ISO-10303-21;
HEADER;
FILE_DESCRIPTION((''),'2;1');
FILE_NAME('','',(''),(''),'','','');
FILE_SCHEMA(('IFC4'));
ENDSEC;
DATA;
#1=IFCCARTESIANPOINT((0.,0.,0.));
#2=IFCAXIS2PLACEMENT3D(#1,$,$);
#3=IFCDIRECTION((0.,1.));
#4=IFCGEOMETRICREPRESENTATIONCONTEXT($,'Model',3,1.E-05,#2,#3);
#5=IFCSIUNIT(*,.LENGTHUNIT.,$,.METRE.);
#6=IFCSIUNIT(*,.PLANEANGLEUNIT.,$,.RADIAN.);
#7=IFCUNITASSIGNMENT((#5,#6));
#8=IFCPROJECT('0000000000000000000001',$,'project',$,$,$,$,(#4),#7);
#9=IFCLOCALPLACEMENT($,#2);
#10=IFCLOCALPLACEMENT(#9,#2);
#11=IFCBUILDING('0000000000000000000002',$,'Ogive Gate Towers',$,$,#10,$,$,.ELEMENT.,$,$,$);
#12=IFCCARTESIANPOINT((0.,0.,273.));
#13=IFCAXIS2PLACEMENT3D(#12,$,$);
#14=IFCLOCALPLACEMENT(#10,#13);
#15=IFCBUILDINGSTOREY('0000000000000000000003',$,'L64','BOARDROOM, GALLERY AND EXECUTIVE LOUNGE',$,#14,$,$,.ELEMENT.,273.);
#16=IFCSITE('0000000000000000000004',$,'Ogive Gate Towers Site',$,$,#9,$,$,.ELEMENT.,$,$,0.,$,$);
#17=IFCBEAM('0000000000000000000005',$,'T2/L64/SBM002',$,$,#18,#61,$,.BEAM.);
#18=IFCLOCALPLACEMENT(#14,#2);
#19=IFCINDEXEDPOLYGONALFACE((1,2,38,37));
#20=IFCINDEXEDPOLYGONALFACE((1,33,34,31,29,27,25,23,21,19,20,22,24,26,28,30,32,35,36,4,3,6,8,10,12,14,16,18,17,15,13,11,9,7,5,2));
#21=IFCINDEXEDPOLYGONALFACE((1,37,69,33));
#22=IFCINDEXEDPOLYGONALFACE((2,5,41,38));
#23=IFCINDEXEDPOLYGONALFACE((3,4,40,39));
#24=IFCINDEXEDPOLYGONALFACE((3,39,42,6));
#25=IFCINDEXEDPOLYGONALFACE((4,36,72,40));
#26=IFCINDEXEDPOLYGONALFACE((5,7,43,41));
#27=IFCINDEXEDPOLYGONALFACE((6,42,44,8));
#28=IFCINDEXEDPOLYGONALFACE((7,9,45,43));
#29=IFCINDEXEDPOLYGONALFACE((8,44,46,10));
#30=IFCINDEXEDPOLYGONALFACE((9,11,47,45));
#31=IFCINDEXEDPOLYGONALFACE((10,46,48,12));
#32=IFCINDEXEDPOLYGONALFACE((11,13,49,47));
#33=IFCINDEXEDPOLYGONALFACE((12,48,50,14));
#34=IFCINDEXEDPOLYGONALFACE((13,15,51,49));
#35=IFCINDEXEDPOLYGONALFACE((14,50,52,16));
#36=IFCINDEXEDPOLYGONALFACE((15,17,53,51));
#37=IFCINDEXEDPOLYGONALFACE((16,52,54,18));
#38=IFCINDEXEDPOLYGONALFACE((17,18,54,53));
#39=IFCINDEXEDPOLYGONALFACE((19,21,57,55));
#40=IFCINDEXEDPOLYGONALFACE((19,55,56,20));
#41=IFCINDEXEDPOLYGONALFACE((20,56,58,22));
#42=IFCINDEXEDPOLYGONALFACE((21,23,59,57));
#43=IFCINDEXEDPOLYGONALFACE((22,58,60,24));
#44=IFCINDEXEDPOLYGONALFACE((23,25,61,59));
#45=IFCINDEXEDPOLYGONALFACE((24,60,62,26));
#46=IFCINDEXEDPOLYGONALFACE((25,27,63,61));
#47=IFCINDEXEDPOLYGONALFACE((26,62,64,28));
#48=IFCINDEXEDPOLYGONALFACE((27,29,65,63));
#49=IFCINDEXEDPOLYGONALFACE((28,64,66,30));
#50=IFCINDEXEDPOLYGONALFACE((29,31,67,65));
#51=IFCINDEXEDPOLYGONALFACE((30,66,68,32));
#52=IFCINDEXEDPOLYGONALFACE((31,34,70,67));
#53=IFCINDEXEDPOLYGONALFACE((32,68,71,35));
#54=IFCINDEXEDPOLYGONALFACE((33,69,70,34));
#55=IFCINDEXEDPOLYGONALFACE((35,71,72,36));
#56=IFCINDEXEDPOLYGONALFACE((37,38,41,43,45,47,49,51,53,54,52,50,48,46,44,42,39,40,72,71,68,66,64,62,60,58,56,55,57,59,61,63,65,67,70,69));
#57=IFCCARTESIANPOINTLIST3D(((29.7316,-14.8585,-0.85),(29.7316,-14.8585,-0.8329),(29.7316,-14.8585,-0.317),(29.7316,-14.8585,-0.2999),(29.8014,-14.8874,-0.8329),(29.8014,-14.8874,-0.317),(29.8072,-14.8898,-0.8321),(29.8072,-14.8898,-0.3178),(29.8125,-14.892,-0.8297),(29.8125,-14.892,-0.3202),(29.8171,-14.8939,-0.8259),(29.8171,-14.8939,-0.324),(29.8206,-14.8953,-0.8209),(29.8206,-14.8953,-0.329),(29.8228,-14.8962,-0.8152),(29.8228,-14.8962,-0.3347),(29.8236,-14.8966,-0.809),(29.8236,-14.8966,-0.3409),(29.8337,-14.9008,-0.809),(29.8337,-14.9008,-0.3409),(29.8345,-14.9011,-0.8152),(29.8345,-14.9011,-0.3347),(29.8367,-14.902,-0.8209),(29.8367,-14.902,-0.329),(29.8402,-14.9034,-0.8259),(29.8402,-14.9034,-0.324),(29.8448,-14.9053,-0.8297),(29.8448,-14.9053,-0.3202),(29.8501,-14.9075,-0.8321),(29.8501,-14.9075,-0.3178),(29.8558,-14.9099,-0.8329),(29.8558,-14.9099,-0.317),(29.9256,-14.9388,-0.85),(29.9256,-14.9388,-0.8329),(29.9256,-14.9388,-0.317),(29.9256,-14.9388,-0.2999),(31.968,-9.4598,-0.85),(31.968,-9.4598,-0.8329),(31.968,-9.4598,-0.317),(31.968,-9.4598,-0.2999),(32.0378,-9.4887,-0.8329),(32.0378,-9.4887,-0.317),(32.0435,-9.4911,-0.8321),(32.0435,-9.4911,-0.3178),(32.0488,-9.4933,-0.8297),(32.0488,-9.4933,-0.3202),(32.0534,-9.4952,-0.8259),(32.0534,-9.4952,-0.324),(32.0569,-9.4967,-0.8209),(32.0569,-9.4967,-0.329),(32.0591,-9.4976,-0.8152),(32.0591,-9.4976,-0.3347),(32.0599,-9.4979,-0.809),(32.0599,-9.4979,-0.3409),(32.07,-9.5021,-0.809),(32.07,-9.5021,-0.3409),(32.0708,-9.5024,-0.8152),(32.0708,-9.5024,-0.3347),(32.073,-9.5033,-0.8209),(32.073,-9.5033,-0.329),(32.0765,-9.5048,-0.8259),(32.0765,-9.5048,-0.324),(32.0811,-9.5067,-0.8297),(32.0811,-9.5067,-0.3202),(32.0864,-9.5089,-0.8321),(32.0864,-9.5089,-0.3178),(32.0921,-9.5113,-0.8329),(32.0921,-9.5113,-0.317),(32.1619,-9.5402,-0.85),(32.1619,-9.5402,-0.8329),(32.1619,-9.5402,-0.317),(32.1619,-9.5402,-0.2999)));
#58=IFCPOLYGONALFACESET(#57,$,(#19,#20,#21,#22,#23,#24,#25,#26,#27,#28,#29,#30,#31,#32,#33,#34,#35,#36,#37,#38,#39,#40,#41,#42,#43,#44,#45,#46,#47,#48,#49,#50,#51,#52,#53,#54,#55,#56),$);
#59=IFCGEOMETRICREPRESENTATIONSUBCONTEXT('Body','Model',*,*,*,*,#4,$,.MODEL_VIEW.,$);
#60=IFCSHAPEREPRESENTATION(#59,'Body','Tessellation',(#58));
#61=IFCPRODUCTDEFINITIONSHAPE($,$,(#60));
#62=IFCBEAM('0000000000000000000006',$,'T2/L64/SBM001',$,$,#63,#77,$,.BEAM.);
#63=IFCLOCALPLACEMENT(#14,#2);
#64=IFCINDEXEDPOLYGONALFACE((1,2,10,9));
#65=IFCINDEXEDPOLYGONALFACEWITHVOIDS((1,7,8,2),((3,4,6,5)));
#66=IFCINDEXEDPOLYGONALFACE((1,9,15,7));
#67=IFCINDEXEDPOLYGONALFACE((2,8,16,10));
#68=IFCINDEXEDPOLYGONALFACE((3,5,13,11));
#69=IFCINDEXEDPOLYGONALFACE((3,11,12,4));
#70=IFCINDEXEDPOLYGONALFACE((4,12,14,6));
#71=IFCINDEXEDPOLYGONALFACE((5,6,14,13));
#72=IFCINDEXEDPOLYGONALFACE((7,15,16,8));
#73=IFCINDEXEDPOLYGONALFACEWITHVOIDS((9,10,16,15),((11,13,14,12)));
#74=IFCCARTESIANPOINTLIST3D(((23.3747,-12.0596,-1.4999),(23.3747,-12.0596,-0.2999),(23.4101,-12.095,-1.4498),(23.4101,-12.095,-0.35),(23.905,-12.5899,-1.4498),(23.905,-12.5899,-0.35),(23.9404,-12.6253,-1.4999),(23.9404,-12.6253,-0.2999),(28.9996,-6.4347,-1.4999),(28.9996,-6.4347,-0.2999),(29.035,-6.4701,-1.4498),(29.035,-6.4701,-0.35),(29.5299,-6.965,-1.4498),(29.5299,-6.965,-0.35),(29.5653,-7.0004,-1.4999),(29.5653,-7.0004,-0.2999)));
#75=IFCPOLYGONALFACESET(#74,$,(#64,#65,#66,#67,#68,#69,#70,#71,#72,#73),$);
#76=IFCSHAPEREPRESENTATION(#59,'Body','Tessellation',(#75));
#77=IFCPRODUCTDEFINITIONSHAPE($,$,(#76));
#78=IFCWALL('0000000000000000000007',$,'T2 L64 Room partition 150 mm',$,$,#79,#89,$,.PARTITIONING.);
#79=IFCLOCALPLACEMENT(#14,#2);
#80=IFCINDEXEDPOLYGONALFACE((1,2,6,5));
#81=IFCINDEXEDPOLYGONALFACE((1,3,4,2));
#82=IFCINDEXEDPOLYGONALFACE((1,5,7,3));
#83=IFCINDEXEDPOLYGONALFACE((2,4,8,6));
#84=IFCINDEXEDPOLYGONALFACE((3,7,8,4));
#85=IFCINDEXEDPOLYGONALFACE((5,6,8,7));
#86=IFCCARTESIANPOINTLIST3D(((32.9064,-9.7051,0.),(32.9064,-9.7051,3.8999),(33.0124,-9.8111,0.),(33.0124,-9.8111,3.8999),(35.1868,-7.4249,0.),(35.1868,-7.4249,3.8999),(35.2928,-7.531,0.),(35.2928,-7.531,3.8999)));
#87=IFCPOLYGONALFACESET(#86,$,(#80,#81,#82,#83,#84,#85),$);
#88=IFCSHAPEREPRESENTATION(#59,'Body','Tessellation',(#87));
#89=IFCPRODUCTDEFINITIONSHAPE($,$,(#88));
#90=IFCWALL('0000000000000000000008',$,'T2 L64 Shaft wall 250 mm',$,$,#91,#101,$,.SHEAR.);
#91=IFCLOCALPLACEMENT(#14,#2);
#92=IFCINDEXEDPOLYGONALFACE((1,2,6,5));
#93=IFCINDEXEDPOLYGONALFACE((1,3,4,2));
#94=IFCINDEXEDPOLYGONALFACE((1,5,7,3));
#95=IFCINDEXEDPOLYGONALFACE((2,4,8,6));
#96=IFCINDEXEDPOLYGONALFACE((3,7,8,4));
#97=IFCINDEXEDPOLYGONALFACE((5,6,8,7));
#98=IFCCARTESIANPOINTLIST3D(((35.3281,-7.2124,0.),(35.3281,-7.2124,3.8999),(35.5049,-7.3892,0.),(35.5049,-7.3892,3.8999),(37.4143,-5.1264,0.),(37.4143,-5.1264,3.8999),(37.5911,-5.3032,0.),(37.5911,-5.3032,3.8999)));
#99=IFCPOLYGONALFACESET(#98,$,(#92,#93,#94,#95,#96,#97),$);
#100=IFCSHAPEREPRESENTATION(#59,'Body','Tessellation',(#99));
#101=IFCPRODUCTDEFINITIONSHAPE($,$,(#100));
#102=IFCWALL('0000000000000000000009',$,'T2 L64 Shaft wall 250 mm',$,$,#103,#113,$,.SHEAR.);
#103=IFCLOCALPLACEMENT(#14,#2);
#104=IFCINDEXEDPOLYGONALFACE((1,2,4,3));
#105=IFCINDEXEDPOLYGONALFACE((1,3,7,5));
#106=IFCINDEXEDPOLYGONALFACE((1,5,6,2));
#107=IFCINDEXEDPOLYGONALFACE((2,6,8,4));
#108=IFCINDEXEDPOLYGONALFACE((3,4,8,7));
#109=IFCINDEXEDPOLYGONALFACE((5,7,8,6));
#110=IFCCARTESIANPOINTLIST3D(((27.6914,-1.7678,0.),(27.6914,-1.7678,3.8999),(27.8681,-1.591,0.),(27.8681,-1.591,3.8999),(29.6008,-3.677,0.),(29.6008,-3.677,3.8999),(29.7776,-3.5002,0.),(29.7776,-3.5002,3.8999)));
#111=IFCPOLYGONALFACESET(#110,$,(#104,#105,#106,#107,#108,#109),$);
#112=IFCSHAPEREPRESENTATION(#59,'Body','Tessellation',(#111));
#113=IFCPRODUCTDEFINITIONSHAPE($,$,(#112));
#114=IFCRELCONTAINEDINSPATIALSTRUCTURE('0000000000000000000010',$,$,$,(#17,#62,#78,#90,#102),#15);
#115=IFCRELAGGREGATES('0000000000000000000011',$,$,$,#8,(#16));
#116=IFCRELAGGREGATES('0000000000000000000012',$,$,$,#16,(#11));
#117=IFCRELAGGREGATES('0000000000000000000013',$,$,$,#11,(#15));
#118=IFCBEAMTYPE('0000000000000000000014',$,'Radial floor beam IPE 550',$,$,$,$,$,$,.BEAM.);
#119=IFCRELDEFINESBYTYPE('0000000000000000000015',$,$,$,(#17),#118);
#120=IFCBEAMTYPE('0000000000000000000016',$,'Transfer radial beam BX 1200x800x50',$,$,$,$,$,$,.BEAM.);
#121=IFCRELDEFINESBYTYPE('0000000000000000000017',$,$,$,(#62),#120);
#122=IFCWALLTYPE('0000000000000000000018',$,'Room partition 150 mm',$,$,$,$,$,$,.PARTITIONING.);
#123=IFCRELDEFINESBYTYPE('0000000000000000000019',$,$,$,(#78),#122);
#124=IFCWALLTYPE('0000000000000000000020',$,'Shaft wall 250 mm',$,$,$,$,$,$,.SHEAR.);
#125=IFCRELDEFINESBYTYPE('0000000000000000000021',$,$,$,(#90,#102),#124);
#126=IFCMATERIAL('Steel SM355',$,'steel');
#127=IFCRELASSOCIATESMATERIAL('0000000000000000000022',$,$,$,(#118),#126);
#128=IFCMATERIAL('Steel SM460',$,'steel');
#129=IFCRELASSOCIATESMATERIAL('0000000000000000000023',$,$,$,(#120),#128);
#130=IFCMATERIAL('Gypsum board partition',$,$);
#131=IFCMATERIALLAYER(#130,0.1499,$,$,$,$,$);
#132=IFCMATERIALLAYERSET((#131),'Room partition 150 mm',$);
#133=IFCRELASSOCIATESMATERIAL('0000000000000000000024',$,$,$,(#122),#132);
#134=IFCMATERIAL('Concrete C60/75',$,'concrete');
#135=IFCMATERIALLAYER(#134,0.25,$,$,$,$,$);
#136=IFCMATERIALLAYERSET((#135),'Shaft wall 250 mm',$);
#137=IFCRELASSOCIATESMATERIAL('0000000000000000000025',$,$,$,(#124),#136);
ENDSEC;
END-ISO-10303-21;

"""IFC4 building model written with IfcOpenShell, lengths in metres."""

from ifc_helpers import new_model, si_unit, direction, frame, frame_2d, origin, origin_2d, place, context, subcontext, project, spatial, rectangle, hollow_rectangle, i_section, extrude, material, layer, layer_set, material_profile, profile_set, type_object, element, save


model = new_model("IFC4")

# Units and contexts
model_context = context("Model", 3, precision=1e-05, world=origin(), true_north=direction((0.0, 1.0)))
body_context = subcontext(model_context, "Body", "Model", "MODEL_VIEW")
ifc_project = project(units=[si_unit("LENGTHUNIT", "METRE"), si_unit("PLANEANGLEUNIT", "RADIAN")], contexts=[model_context])

# Site, building, storey
site_placement = place(None, origin())
site = spatial("IfcSite", under=ifc_project, at=site_placement, Name="Ogive Gate Towers Site", CompositionType="ELEMENT", RefElevation=0.0)
building_placement = place(site_placement, origin())
building = spatial("IfcBuilding", under=site, at=building_placement, Name="Ogive Gate Towers", CompositionType="ELEMENT")
storey_placement = place(building_placement, frame((0.0, 0.0, 273.0)))
storey = spatial("IfcBuildingStorey", under=building, at=storey_placement, Name="L64", Description="BOARDROOM, GALLERY AND EXECUTIVE LOUNGE", CompositionType="ELEMENT", Elevation=273.0)

# Beams
ifc_material_1 = material(Name="Steel SM355", Category="steel")
ifc_material_profile_1 = material_profile(ifc_material_1, i_section(OverallWidth=0.21, OverallDepth=0.55, WebThickness=0.011, FlangeThickness=0.0171, FilletRadius=0.0239, at=origin_2d()), Name="IPE 550")
ifc_profile_set_1 = profile_set([ifc_material_profile_1], Name="Steel SM355")
beam_type_1 = type_object("IfcBeamType", Name="Radial floor beam IPE 550", PredefinedType="BEAM", material=ifc_profile_set_1)
beam_1_placement = place(storey_placement, frame((32.0649, -9.5, -0.575), z_axis=(-0.382701, -0.923872, 0.0), x_axis=(0.923872, -0.382701, 0.0)))
element("IfcBeam", 1, at=beam_1_placement, inside=storey, type_object=beam_type_1, Name="T2/L64/SBM002", PredefinedType="BEAM", context=body_context, shape_type="SweptSolid", body=[
    extrude(i_section(OverallWidth=0.21, OverallDepth=0.55, WebThickness=0.011, FlangeThickness=0.0171, FilletRadius=0.0239, at=origin_2d()), origin(), (0.0, 0.0, 1.0), 5.8435),
])
ifc_material_2 = material(Name="Steel SM460", Category="steel")
ifc_material_profile_2 = material_profile(ifc_material_2, hollow_rectangle(XDim=0.8, YDim=1.2, WallThickness=0.05, at=origin_2d()), Name="BX 1200x800x50")
ifc_profile_set_2 = profile_set([ifc_material_profile_2], Name="Steel SM460")
beam_type_2 = type_object("IfcBeamType", Name="Transfer radial beam BX 1200x800x50", PredefinedType="BEAM", material=ifc_profile_set_2)
beam_2_placement = place(storey_placement, frame((29.2825, -6.7175, -0.8999), z_axis=(-0.707107, -0.707107, 0.0), x_axis=(0.707107, -0.707107, 0.0)))
element("IfcBeam", 2, at=beam_2_placement, inside=storey, type_object=beam_type_2, Name="T2/L64/SBM001", PredefinedType="BEAM", context=body_context, shape_type="SweptSolid", body=[
    extrude(hollow_rectangle(XDim=0.8, YDim=1.2, WallThickness=0.05, at=origin_2d()), origin(), (0.0, 0.0, 1.0), 7.9548),
])

# Walls
ifc_material_3 = material(Name="Gypsum board partition")
ifc_layer_1 = layer(ifc_material_3, 0.1499)
ifc_layer_set_1 = layer_set([ifc_layer_1], Name="Room partition 150 mm")
wall_type_1 = type_object("IfcWallType", Name="Room partition 150 mm", PredefinedType="PARTITIONING", material=ifc_layer_set_1)
wall_1_placement = place(storey_placement, frame((32.9595, -9.7581, 0.0), z_axis=(0.0, 0.0, 1.0), x_axis=(0.707145, 0.707069, 0.0)))
element("IfcWall", 3, at=wall_1_placement, inside=storey, type_object=wall_type_1, Name="T2 L64 Room partition 150 mm", PredefinedType="PARTITIONING", context=body_context, shape_type="SweptSolid", body=[
    extrude(rectangle(XDim=3.2249, YDim=0.1499, at=frame_2d((1.6123, 0.0))), origin(), (0.0, 0.0, 1.0), 3.8999),
])
ifc_material_4 = material(Name="Concrete C60/75", Category="concrete")
ifc_layer_2 = layer(ifc_material_4, 0.25)
ifc_layer_set_2 = layer_set([ifc_layer_2], Name="Shaft wall 250 mm")
wall_type_2 = type_object("IfcWallType", Name="Shaft wall 250 mm", PredefinedType="SHEAR", material=ifc_layer_set_2)
wall_2_placement = place(storey_placement, frame((35.4165, -7.3008, 0.0), z_axis=(0.0, 0.0, 1.0), x_axis=(0.707148, 0.707065, 0.0)))
element("IfcWall", 4, at=wall_2_placement, inside=storey, type_object=wall_type_2, Name="T2 L64 Shaft wall 250 mm", PredefinedType="SHEAR", context=body_context, shape_type="SweptSolid", body=[
    extrude(rectangle(XDim=2.9502, YDim=0.25, at=frame_2d((1.4751, 0.0))), origin(), (0.0, 0.0, 1.0), 3.8999),
])
wall_3_placement = place(storey_placement, frame((29.6892, -3.5886, 0.0), z_axis=(0.0, 0.0, 1.0), x_axis=(-0.707152, 0.707062, 0.0)))
element("IfcWall", 5, at=wall_3_placement, inside=storey, type_object=wall_type_2, Name="T2 L64 Shaft wall 250 mm", PredefinedType="SHEAR", context=body_context, shape_type="SweptSolid", body=[
    extrude(rectangle(XDim=2.7002, YDim=0.25, at=frame_2d((1.3501, 0.0))), origin(), (0.0, 0.0, 1.0), 3.8999),
])

save(model, "model.ifc")
